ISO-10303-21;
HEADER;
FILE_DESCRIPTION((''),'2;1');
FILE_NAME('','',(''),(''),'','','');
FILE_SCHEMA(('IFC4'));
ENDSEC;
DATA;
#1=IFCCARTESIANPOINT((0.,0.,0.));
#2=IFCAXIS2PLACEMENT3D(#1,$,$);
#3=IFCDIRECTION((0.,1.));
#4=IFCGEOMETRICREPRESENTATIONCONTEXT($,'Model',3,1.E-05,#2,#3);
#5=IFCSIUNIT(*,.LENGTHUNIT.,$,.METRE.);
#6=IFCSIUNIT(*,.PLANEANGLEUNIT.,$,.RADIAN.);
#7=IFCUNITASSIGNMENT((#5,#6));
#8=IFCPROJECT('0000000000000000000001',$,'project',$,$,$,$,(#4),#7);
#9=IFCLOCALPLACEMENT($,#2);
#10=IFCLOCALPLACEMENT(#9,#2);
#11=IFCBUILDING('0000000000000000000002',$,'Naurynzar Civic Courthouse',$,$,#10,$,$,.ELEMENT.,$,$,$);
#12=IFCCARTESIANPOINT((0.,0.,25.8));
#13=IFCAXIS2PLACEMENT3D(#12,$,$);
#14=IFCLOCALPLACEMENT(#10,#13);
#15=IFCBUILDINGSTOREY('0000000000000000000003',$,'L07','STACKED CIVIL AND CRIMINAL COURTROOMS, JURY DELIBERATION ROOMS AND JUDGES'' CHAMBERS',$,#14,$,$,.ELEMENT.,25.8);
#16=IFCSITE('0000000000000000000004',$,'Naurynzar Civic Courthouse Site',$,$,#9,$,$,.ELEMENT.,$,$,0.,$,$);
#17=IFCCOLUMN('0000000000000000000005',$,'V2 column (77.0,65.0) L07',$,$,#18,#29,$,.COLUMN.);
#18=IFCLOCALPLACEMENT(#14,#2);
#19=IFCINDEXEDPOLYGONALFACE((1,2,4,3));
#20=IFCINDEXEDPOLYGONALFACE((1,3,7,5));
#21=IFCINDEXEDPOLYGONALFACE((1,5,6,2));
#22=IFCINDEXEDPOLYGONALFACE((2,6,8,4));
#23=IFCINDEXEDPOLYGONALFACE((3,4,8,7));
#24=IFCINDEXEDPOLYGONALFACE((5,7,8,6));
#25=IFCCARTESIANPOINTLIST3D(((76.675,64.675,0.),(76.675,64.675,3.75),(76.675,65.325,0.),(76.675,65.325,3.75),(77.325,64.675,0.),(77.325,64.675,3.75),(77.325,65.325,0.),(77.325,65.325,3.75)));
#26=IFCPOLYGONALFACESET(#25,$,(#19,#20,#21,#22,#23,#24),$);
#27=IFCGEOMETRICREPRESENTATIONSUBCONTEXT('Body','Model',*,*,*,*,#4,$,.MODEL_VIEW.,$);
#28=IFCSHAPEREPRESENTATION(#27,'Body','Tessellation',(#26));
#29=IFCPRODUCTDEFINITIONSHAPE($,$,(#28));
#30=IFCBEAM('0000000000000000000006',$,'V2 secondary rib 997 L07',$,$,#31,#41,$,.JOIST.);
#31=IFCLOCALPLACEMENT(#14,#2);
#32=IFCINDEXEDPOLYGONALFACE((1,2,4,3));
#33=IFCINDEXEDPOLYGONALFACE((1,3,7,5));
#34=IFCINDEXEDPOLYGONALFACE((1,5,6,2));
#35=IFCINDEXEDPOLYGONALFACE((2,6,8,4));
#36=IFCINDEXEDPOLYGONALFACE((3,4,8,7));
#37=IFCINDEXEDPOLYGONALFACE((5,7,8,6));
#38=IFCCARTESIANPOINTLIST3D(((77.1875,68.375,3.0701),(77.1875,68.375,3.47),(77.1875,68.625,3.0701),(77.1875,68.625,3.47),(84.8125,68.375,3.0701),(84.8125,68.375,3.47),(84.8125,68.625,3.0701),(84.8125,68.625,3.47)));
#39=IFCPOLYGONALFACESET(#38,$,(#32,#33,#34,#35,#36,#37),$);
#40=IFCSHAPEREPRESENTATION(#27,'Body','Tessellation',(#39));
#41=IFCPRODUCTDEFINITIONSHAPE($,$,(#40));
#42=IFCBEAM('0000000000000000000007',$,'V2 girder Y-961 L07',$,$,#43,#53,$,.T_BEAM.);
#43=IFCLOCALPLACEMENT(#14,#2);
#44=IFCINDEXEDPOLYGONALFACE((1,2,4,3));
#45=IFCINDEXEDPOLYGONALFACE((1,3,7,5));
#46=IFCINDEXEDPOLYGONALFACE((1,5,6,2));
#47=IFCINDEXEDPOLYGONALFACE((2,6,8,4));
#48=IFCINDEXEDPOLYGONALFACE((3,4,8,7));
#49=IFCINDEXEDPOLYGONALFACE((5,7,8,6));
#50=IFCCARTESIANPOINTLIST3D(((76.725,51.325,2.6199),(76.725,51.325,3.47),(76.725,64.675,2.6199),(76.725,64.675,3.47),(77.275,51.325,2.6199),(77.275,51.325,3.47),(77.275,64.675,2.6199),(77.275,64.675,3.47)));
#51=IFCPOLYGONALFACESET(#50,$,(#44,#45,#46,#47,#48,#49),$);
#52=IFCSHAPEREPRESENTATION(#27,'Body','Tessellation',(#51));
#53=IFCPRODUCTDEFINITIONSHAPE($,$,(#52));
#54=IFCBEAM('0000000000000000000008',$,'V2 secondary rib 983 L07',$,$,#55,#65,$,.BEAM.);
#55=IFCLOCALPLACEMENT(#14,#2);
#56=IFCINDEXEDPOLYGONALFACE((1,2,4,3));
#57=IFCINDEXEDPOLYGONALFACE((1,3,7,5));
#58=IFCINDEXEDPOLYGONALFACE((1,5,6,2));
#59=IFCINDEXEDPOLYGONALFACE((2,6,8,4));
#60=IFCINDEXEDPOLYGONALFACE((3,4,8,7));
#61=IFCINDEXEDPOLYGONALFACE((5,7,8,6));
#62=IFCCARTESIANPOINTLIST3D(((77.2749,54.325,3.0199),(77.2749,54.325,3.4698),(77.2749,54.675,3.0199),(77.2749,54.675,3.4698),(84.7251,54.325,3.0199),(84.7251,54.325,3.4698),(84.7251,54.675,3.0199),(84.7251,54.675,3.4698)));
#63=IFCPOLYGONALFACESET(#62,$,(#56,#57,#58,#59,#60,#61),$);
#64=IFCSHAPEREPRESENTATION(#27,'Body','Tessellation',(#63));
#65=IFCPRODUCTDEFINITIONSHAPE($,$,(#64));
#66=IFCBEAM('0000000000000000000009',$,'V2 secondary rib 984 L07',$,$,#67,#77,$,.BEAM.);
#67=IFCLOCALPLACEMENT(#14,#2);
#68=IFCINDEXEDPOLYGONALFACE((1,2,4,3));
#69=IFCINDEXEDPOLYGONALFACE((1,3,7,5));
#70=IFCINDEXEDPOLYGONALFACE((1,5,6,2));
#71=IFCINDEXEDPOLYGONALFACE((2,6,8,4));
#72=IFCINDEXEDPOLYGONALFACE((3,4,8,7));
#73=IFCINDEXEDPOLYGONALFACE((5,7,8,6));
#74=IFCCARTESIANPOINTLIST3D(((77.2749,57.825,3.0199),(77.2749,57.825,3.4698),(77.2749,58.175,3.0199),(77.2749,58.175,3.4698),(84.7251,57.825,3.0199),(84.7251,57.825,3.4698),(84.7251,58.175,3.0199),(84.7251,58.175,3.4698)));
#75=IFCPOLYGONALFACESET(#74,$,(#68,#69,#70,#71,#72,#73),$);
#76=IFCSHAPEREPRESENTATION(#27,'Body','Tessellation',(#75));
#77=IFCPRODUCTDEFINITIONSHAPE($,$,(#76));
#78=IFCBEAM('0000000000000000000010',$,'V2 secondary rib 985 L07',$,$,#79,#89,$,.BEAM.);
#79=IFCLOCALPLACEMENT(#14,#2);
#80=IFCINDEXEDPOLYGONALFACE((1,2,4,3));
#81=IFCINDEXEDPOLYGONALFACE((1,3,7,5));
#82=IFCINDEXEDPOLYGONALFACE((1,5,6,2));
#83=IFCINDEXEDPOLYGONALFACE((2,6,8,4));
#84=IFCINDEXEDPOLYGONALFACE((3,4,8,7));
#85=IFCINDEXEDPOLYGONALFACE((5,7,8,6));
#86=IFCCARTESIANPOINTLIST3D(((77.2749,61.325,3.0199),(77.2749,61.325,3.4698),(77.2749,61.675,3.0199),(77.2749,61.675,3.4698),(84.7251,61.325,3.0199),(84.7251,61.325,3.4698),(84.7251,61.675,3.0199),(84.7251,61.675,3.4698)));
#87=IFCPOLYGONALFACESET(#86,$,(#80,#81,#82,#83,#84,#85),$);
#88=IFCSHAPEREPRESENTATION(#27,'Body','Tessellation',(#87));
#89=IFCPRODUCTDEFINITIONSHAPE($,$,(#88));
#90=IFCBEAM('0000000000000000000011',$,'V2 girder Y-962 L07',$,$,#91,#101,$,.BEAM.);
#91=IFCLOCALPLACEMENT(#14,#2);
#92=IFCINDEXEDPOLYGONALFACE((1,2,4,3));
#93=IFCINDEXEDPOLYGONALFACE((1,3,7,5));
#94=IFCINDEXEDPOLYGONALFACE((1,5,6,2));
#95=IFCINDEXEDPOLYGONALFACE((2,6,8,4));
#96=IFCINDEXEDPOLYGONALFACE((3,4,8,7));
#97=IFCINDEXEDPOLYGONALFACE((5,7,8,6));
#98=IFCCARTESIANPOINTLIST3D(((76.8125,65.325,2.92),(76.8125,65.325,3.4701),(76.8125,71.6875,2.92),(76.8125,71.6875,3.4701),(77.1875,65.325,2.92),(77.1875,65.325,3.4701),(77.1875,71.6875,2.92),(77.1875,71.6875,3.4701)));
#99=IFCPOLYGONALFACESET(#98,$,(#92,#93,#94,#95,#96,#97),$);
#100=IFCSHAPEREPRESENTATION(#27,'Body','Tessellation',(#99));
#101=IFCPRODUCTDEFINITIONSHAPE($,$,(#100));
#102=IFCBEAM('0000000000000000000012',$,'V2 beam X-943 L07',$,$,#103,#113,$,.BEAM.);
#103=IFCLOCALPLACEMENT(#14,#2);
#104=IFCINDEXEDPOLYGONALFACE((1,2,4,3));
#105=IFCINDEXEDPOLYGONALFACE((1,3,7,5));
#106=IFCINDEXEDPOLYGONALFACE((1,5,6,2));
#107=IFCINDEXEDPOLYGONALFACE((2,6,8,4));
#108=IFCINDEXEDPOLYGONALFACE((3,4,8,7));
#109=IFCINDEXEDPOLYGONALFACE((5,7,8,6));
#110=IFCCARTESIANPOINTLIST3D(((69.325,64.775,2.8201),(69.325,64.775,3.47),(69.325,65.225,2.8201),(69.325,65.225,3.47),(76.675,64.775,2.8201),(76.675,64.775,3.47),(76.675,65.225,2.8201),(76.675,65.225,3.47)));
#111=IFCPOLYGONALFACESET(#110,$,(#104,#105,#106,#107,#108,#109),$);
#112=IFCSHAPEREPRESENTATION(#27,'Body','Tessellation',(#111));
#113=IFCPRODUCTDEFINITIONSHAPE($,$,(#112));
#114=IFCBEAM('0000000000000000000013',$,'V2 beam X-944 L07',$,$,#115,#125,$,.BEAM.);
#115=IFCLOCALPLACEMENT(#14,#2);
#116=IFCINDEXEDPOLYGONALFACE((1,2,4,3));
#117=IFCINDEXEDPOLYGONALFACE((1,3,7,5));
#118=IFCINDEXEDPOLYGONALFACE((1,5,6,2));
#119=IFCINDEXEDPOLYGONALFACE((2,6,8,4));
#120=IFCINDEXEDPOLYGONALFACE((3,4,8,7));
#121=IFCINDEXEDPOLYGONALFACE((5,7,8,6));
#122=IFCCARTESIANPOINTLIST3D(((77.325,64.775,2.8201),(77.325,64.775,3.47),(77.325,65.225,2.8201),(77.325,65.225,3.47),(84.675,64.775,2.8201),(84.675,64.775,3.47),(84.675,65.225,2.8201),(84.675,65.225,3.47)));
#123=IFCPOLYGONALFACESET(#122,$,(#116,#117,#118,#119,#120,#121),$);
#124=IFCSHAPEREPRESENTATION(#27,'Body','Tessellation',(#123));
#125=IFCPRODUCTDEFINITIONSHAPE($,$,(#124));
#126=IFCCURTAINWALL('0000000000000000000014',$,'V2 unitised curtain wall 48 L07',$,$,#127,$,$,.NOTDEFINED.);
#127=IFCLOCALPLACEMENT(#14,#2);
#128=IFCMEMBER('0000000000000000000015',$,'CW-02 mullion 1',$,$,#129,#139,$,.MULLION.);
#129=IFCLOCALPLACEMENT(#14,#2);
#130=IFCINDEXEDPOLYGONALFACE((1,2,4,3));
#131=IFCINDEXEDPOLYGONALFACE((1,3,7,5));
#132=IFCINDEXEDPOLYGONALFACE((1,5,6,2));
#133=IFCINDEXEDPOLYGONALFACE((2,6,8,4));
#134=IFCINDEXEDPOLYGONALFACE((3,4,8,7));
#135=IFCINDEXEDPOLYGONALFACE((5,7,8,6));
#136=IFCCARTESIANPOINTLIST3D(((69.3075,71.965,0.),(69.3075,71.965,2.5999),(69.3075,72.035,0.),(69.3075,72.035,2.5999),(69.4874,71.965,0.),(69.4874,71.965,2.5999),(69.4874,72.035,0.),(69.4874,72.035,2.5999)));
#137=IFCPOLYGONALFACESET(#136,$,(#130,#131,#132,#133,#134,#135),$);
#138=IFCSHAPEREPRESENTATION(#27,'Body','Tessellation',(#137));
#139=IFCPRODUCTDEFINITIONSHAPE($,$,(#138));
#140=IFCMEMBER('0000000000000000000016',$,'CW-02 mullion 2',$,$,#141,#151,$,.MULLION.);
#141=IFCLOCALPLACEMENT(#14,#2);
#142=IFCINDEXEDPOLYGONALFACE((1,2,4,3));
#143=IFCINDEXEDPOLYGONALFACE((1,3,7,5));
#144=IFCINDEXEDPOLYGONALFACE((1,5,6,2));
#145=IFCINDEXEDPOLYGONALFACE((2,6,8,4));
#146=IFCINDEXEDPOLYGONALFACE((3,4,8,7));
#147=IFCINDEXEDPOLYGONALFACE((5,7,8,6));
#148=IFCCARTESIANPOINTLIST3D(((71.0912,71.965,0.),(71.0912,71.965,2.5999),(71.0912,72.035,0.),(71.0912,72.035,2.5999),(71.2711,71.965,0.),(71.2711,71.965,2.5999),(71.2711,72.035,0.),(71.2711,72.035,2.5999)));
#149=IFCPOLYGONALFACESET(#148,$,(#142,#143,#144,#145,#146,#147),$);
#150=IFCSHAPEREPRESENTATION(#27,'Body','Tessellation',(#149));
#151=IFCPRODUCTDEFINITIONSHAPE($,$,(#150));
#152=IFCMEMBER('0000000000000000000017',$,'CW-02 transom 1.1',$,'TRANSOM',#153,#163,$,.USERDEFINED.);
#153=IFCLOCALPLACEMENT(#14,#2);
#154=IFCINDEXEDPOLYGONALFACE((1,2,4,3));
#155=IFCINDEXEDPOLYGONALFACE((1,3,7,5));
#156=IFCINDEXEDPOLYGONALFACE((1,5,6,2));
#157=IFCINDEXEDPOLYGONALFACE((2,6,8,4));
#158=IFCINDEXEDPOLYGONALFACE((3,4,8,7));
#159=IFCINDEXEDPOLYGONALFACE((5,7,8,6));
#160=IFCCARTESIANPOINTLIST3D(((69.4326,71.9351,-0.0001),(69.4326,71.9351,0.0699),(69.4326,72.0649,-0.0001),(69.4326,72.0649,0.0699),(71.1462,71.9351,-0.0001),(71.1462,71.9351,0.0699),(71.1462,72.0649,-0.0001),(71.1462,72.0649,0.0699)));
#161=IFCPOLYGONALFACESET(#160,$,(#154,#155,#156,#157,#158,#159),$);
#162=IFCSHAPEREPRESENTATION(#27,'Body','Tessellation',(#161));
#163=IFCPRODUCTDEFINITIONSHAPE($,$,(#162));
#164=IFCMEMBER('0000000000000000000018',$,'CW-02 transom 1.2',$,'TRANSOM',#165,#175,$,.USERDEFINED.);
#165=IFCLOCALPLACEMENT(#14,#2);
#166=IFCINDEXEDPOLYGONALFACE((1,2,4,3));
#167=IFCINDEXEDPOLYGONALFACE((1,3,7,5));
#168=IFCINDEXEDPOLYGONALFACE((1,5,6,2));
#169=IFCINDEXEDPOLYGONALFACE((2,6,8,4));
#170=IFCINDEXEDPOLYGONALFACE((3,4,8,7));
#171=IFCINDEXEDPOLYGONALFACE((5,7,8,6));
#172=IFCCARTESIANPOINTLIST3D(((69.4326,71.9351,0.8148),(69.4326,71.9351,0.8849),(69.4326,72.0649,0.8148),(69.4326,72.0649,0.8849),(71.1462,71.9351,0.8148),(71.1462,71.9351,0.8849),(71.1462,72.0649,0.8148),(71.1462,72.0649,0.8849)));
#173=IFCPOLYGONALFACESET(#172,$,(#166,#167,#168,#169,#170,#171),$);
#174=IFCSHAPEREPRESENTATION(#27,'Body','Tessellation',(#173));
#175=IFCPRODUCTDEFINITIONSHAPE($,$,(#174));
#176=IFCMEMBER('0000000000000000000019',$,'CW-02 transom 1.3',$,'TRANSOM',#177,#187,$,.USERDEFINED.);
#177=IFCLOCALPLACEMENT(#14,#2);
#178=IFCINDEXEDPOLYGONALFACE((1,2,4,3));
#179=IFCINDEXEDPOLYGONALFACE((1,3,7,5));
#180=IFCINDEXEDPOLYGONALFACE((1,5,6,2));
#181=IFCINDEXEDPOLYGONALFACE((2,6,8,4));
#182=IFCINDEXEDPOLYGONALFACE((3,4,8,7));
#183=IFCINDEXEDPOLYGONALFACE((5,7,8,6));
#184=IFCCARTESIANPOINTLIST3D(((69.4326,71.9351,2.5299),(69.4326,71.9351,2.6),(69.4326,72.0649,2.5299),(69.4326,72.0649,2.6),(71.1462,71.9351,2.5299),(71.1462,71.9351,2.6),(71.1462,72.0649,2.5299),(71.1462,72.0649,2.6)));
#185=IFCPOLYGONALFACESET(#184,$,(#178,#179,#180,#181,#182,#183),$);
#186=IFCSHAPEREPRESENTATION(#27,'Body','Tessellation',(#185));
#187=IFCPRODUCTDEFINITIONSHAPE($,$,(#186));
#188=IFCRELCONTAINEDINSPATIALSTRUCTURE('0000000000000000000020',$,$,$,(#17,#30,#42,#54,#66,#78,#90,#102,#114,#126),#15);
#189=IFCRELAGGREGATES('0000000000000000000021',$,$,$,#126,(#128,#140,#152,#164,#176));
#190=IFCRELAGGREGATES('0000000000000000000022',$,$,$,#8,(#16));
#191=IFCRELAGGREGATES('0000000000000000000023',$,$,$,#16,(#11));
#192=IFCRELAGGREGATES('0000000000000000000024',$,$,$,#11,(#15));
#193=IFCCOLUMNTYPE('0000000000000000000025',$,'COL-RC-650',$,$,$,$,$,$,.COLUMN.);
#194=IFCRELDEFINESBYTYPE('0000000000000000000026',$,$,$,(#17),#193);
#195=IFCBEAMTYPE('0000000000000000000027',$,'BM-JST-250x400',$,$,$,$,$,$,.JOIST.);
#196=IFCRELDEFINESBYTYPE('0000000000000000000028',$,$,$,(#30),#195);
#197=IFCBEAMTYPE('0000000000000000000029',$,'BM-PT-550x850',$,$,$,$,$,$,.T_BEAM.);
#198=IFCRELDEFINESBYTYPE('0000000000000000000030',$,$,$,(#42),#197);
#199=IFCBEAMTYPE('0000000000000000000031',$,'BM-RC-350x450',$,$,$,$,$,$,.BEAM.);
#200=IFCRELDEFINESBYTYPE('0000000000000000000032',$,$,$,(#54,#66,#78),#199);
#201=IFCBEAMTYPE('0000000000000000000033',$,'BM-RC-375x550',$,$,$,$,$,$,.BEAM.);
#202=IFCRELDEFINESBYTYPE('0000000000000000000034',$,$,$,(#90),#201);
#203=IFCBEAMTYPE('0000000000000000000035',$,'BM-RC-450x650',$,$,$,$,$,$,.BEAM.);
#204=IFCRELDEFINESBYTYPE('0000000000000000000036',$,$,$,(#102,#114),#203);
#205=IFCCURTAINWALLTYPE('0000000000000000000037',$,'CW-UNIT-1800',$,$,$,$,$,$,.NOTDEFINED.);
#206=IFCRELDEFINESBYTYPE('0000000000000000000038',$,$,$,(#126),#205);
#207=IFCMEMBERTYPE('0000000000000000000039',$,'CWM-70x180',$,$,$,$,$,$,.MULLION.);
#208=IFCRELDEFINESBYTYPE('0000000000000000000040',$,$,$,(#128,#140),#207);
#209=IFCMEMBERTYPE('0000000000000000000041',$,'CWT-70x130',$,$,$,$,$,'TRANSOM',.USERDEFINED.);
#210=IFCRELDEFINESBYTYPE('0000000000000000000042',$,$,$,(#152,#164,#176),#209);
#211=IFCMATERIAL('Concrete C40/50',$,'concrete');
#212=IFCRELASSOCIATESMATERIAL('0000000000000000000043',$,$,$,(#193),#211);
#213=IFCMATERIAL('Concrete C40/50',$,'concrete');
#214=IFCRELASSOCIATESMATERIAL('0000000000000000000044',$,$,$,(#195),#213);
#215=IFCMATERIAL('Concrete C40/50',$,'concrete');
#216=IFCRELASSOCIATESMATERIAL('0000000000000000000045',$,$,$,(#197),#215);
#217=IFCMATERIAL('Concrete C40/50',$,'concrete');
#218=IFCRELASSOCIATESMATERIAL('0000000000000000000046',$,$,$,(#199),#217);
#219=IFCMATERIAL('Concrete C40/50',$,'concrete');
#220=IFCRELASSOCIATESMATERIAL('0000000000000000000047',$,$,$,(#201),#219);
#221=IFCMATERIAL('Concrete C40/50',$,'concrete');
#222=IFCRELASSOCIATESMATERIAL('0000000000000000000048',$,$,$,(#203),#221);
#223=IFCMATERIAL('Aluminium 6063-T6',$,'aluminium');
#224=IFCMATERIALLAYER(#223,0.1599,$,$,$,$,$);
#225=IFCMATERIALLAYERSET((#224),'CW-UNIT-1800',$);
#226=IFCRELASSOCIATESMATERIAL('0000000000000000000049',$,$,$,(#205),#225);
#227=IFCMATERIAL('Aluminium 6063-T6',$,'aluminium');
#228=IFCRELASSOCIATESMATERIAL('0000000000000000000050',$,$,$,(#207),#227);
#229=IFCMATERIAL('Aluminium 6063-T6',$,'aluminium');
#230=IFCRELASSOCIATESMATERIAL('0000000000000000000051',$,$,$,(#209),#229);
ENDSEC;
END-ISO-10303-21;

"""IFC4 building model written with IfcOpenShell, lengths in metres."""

from ifc_helpers import new_model, si_unit, direction, frame, origin, origin_2d, place, context, subcontext, project, spatial, rectangle, extrude, material, layer, layer_set, material_profile, profile_set, type_object, element, aggregate, save


model = new_model("IFC4")

# Units and contexts
model_context = context("Model", 3, precision=1e-05, world=origin(), true_north=direction((0.0, 1.0)))
body_context = subcontext(model_context, "Body", "Model", "MODEL_VIEW")
ifc_project = project(units=[si_unit("LENGTHUNIT", "METRE"), si_unit("PLANEANGLEUNIT", "RADIAN")], contexts=[model_context])

# Site, building, storey
site_placement = place(None, origin())
site = spatial("IfcSite", under=ifc_project, at=site_placement, Name="Naurynzar Civic Courthouse Site", CompositionType="ELEMENT", RefElevation=0.0)
building_placement = place(site_placement, origin())
building = spatial("IfcBuilding", under=site, at=building_placement, Name="Naurynzar Civic Courthouse", CompositionType="ELEMENT")
storey_placement = place(building_placement, frame((0.0, 0.0, 25.8)))
storey = spatial("IfcBuildingStorey", under=building, at=storey_placement, Name="L07", Description="STACKED CIVIL AND CRIMINAL COURTROOMS, JURY DELIBERATION ROOMS AND JUDGES' CHAMBERS", CompositionType="ELEMENT", Elevation=25.8)

# Column
ifc_material_1 = material(Name="Concrete C40/50", Category="concrete")
ifc_material_profile_1 = material_profile(ifc_material_1, rectangle(XDim=0.6499, YDim=0.6499, at=origin_2d()), Name="RC 650x650")
ifc_profile_set_1 = profile_set([ifc_material_profile_1], Name="Concrete C40/50")
column_type = type_object("IfcColumnType", Name="COL-RC-650", PredefinedType="COLUMN", material=ifc_profile_set_1)
column_placement = place(storey_placement, frame((77.0, 65.0, 0.0), z_axis=(0.0, 0.0, 1.0), x_axis=(1.0, 0.0, 0.0)))
element("IfcColumn", 1, at=column_placement, inside=storey, type_object=column_type, Name="V2 column (77.0,65.0) L07", PredefinedType="COLUMN", context=body_context, shape_type="SweptSolid", body=[
    extrude(rectangle(XDim=0.6499, YDim=0.6499, at=origin_2d()), origin(), (0.0, 0.0, 1.0), 3.75),
])

# Beams
ifc_material_2 = material(Name="Concrete C40/50", Category="concrete")
ifc_material_profile_2 = material_profile(ifc_material_2, rectangle(XDim=0.25, YDim=0.3999, at=origin_2d()), Name="RCB 250x400")
ifc_profile_set_2 = profile_set([ifc_material_profile_2], Name="Concrete C40/50")
beam_type_1 = type_object("IfcBeamType", Name="BM-JST-250x400", PredefinedType="JOIST", material=ifc_profile_set_2)
beam_1_placement = place(storey_placement, frame((77.1875, 68.5, 3.27), z_axis=(1.0, 0.0, 0.0), x_axis=(0.0, 1.0, 0.0)))
element("IfcBeam", 2, at=beam_1_placement, inside=storey, type_object=beam_type_1, Name="V2 secondary rib 997 L07", PredefinedType="JOIST", context=body_context, shape_type="SweptSolid", body=[
    extrude(rectangle(XDim=0.25, YDim=0.3999, at=origin_2d()), origin(), (0.0, 0.0, 1.0), 7.625),
])
ifc_material_3 = material(Name="Concrete C40/50", Category="concrete")
ifc_material_profile_3 = material_profile(ifc_material_3, rectangle(XDim=0.55, YDim=0.8501, at=origin_2d()), Name="PTB 550x850")
ifc_profile_set_3 = profile_set([ifc_material_profile_3], Name="Concrete C40/50")
beam_type_2 = type_object("IfcBeamType", Name="BM-PT-550x850", PredefinedType="T_BEAM", material=ifc_profile_set_3)
beam_2_placement = place(storey_placement, frame((77.0, 51.325, 3.0449), z_axis=(0.0, 1.0, 0.0), x_axis=(-1.0, 0.0, 0.0)))
element("IfcBeam", 3, at=beam_2_placement, inside=storey, type_object=beam_type_2, Name="V2 girder Y-961 L07", PredefinedType="T_BEAM", context=body_context, shape_type="SweptSolid", body=[
    extrude(rectangle(XDim=0.55, YDim=0.8501, at=origin_2d()), origin(), (0.0, 0.0, 1.0), 13.3501),
])
ifc_material_4 = material(Name="Concrete C40/50", Category="concrete")
ifc_material_profile_4 = material_profile(ifc_material_4, rectangle(XDim=0.3501, YDim=0.45, at=origin_2d()), Name="RCB 350x450")
ifc_profile_set_4 = profile_set([ifc_material_profile_4], Name="Concrete C40/50")
beam_type_3 = type_object("IfcBeamType", Name="BM-RC-350x450", PredefinedType="BEAM", material=ifc_profile_set_4)
for number, where, z_axis, x_axis, name in (
    (4, (77.2749, 54.5, 3.2449), (1.0, 0.0, 0.0), (0.0, 1.0, 0.0), "V2 secondary rib 983 L07"),
    (5, (77.2749, 58.0, 3.2449), (1.0, 0.0, 0.0), (0.0, 1.0, 0.0), "V2 secondary rib 984 L07"),
    (6, (77.2749, 61.5, 3.2449), (1.0, 0.0, 0.0), (0.0, 1.0, 0.0), "V2 secondary rib 985 L07"),
):
    element("IfcBeam", number, at=place(storey_placement, frame(where, z_axis=z_axis, x_axis=x_axis)), inside=storey, type_object=beam_type_3, Name=name, PredefinedType="BEAM", context=body_context, shape_type="SweptSolid", body=[
        extrude(rectangle(XDim=0.3501, YDim=0.45, at=origin_2d()), origin(), (0.0, 0.0, 1.0), 7.4502),
    ])
ifc_material_5 = material(Name="Concrete C40/50", Category="concrete")
ifc_material_profile_5 = material_profile(ifc_material_5, rectangle(XDim=0.375, YDim=0.55, at=origin_2d()), Name="RCB 375x550")
ifc_profile_set_5 = profile_set([ifc_material_profile_5], Name="Concrete C40/50")
beam_type_4 = type_object("IfcBeamType", Name="BM-RC-375x550", PredefinedType="BEAM", material=ifc_profile_set_5)
beam_3_placement = place(storey_placement, frame((77.0, 65.325, 3.1951), z_axis=(0.0, 1.0, 0.0), x_axis=(-1.0, 0.0, 0.0)))
element("IfcBeam", 7, at=beam_3_placement, inside=storey, type_object=beam_type_4, Name="V2 girder Y-962 L07", PredefinedType="BEAM", context=body_context, shape_type="SweptSolid", body=[
    extrude(rectangle(XDim=0.375, YDim=0.55, at=origin_2d()), origin(), (0.0, 0.0, 1.0), 6.3625),
])
ifc_material_6 = material(Name="Concrete C40/50", Category="concrete")
ifc_material_profile_6 = material_profile(ifc_material_6, rectangle(XDim=0.45, YDim=0.6499, at=origin_2d()), Name="RCB 450x650")
ifc_profile_set_6 = profile_set([ifc_material_profile_6], Name="Concrete C40/50")
beam_type_5 = type_object("IfcBeamType", Name="BM-RC-450x650", PredefinedType="BEAM", material=ifc_profile_set_6)
for number, where, z_axis, x_axis, name in (
    (8, (69.325, 65.0, 3.145), (1.0, 0.0, 0.0), (0.0, 1.0, 0.0), "V2 beam X-943 L07"),
    (9, (77.325, 65.0, 3.145), (1.0, 0.0, 0.0), (0.0, 1.0, 0.0), "V2 beam X-944 L07"),
):
    element("IfcBeam", number, at=place(storey_placement, frame(where, z_axis=z_axis, x_axis=x_axis)), inside=storey, type_object=beam_type_5, Name=name, PredefinedType="BEAM", context=body_context, shape_type="SweptSolid", body=[
        extrude(rectangle(XDim=0.45, YDim=0.6499, at=origin_2d()), origin(), (0.0, 0.0, 1.0), 7.3501),
    ])

# Curtain wall, members
ifc_material_7 = material(Name="Aluminium 6063-T6", Category="aluminium")
ifc_layer_1 = layer(ifc_material_7, 0.1599)
ifc_layer_set_1 = layer_set([ifc_layer_1], Name="CW-UNIT-1800")
curtain_wall_type = type_object("IfcCurtainWallType", Name="CW-UNIT-1800", PredefinedType="NOTDEFINED", material=ifc_layer_set_1)
curtain_wall_placement = place(storey_placement, origin())
curtain_wall = element("IfcCurtainWall", 10, at=curtain_wall_placement, inside=storey, type_object=curtain_wall_type, Name="V2 unitised curtain wall 48 L07", PredefinedType="NOTDEFINED")
ifc_material_8 = material(Name="Aluminium 6063-T6", Category="aluminium")
ifc_material_profile_7 = material_profile(ifc_material_8, rectangle(XDim=0.0701, YDim=0.1799, at=origin_2d()), Name="ALU MULLION 70x180")
ifc_profile_set_7 = profile_set([ifc_material_profile_7], Name="Aluminium 6063-T6")
member_type_1 = type_object("IfcMemberType", Name="CWM-70x180", PredefinedType="MULLION", material=ifc_profile_set_7)
member_1_placement = place(storey_placement, frame((69.3975, 72.0, 0.0), z_axis=(0.0, 0.0, 1.0), x_axis=(0.0, 1.0, 0.0)))
member_1 = element("IfcMember", 11, at=member_1_placement, type_object=member_type_1, Name="CW-02 mullion 1", PredefinedType="MULLION", context=body_context, shape_type="SweptSolid", body=[
    extrude(rectangle(XDim=0.0701, YDim=0.1799, at=origin_2d()), origin(), (0.0, 0.0, 1.0), 2.5999),
])
member_2_placement = place(storey_placement, frame((71.1812, 72.0, 0.0), z_axis=(0.0, 0.0, 1.0), x_axis=(0.0, 1.0, 0.0)))
member_2 = element("IfcMember", 12, at=member_2_placement, type_object=member_type_1, Name="CW-02 mullion 2", PredefinedType="MULLION", context=body_context, shape_type="SweptSolid", body=[
    extrude(rectangle(XDim=0.0701, YDim=0.1799, at=origin_2d()), origin(), (0.0, 0.0, 1.0), 2.5999),
])
ifc_material_9 = material(Name="Aluminium 6063-T6", Category="aluminium")
ifc_material_profile_8 = material_profile(ifc_material_9, rectangle(XDim=0.1299, YDim=0.0701, at=origin_2d()), Name="ALU TRANSOM 70x130")
ifc_profile_set_8 = profile_set([ifc_material_profile_8], Name="Aluminium 6063-T6")
member_type_2 = type_object("IfcMemberType", Name="CWT-70x130", ElementType="TRANSOM", PredefinedType="USERDEFINED", material=ifc_profile_set_8)
member_3_placement = place(storey_placement, frame((69.4326, 72.0, 0.0349), z_axis=(1.0, 0.0, 0.0), x_axis=(0.0, 1.0, 0.0)))
member_3 = element("IfcMember", 13, at=member_3_placement, type_object=member_type_2, Name="CW-02 transom 1.1", ObjectType="TRANSOM", PredefinedType="USERDEFINED", context=body_context, shape_type="SweptSolid", body=[
    extrude(rectangle(XDim=0.1299, YDim=0.0701, at=origin_2d()), origin(), (0.0, 0.0, 1.0), 1.7136),
])
member_4_placement = place(storey_placement, frame((69.4326, 72.0, 0.8499), z_axis=(1.0, 0.0, 0.0), x_axis=(0.0, 1.0, 0.0)))
member_4 = element("IfcMember", 14, at=member_4_placement, type_object=member_type_2, Name="CW-02 transom 1.2", ObjectType="TRANSOM", PredefinedType="USERDEFINED", context=body_context, shape_type="SweptSolid", body=[
    extrude(rectangle(XDim=0.1299, YDim=0.0701, at=origin_2d()), origin(), (0.0, 0.0, 1.0), 1.7136),
])
member_5_placement = place(storey_placement, frame((69.4326, 72.0, 2.5649), z_axis=(1.0, 0.0, 0.0), x_axis=(0.0, 1.0, 0.0)))
member_5 = element("IfcMember", 15, at=member_5_placement, type_object=member_type_2, Name="CW-02 transom 1.3", ObjectType="TRANSOM", PredefinedType="USERDEFINED", context=body_context, shape_type="SweptSolid", body=[
    extrude(rectangle(XDim=0.1299, YDim=0.0701, at=origin_2d()), origin(), (0.0, 0.0, 1.0), 1.7136),
])
aggregate(curtain_wall, [member_1, member_2, member_3, member_4, member_5])

save(model, "model.ifc")
